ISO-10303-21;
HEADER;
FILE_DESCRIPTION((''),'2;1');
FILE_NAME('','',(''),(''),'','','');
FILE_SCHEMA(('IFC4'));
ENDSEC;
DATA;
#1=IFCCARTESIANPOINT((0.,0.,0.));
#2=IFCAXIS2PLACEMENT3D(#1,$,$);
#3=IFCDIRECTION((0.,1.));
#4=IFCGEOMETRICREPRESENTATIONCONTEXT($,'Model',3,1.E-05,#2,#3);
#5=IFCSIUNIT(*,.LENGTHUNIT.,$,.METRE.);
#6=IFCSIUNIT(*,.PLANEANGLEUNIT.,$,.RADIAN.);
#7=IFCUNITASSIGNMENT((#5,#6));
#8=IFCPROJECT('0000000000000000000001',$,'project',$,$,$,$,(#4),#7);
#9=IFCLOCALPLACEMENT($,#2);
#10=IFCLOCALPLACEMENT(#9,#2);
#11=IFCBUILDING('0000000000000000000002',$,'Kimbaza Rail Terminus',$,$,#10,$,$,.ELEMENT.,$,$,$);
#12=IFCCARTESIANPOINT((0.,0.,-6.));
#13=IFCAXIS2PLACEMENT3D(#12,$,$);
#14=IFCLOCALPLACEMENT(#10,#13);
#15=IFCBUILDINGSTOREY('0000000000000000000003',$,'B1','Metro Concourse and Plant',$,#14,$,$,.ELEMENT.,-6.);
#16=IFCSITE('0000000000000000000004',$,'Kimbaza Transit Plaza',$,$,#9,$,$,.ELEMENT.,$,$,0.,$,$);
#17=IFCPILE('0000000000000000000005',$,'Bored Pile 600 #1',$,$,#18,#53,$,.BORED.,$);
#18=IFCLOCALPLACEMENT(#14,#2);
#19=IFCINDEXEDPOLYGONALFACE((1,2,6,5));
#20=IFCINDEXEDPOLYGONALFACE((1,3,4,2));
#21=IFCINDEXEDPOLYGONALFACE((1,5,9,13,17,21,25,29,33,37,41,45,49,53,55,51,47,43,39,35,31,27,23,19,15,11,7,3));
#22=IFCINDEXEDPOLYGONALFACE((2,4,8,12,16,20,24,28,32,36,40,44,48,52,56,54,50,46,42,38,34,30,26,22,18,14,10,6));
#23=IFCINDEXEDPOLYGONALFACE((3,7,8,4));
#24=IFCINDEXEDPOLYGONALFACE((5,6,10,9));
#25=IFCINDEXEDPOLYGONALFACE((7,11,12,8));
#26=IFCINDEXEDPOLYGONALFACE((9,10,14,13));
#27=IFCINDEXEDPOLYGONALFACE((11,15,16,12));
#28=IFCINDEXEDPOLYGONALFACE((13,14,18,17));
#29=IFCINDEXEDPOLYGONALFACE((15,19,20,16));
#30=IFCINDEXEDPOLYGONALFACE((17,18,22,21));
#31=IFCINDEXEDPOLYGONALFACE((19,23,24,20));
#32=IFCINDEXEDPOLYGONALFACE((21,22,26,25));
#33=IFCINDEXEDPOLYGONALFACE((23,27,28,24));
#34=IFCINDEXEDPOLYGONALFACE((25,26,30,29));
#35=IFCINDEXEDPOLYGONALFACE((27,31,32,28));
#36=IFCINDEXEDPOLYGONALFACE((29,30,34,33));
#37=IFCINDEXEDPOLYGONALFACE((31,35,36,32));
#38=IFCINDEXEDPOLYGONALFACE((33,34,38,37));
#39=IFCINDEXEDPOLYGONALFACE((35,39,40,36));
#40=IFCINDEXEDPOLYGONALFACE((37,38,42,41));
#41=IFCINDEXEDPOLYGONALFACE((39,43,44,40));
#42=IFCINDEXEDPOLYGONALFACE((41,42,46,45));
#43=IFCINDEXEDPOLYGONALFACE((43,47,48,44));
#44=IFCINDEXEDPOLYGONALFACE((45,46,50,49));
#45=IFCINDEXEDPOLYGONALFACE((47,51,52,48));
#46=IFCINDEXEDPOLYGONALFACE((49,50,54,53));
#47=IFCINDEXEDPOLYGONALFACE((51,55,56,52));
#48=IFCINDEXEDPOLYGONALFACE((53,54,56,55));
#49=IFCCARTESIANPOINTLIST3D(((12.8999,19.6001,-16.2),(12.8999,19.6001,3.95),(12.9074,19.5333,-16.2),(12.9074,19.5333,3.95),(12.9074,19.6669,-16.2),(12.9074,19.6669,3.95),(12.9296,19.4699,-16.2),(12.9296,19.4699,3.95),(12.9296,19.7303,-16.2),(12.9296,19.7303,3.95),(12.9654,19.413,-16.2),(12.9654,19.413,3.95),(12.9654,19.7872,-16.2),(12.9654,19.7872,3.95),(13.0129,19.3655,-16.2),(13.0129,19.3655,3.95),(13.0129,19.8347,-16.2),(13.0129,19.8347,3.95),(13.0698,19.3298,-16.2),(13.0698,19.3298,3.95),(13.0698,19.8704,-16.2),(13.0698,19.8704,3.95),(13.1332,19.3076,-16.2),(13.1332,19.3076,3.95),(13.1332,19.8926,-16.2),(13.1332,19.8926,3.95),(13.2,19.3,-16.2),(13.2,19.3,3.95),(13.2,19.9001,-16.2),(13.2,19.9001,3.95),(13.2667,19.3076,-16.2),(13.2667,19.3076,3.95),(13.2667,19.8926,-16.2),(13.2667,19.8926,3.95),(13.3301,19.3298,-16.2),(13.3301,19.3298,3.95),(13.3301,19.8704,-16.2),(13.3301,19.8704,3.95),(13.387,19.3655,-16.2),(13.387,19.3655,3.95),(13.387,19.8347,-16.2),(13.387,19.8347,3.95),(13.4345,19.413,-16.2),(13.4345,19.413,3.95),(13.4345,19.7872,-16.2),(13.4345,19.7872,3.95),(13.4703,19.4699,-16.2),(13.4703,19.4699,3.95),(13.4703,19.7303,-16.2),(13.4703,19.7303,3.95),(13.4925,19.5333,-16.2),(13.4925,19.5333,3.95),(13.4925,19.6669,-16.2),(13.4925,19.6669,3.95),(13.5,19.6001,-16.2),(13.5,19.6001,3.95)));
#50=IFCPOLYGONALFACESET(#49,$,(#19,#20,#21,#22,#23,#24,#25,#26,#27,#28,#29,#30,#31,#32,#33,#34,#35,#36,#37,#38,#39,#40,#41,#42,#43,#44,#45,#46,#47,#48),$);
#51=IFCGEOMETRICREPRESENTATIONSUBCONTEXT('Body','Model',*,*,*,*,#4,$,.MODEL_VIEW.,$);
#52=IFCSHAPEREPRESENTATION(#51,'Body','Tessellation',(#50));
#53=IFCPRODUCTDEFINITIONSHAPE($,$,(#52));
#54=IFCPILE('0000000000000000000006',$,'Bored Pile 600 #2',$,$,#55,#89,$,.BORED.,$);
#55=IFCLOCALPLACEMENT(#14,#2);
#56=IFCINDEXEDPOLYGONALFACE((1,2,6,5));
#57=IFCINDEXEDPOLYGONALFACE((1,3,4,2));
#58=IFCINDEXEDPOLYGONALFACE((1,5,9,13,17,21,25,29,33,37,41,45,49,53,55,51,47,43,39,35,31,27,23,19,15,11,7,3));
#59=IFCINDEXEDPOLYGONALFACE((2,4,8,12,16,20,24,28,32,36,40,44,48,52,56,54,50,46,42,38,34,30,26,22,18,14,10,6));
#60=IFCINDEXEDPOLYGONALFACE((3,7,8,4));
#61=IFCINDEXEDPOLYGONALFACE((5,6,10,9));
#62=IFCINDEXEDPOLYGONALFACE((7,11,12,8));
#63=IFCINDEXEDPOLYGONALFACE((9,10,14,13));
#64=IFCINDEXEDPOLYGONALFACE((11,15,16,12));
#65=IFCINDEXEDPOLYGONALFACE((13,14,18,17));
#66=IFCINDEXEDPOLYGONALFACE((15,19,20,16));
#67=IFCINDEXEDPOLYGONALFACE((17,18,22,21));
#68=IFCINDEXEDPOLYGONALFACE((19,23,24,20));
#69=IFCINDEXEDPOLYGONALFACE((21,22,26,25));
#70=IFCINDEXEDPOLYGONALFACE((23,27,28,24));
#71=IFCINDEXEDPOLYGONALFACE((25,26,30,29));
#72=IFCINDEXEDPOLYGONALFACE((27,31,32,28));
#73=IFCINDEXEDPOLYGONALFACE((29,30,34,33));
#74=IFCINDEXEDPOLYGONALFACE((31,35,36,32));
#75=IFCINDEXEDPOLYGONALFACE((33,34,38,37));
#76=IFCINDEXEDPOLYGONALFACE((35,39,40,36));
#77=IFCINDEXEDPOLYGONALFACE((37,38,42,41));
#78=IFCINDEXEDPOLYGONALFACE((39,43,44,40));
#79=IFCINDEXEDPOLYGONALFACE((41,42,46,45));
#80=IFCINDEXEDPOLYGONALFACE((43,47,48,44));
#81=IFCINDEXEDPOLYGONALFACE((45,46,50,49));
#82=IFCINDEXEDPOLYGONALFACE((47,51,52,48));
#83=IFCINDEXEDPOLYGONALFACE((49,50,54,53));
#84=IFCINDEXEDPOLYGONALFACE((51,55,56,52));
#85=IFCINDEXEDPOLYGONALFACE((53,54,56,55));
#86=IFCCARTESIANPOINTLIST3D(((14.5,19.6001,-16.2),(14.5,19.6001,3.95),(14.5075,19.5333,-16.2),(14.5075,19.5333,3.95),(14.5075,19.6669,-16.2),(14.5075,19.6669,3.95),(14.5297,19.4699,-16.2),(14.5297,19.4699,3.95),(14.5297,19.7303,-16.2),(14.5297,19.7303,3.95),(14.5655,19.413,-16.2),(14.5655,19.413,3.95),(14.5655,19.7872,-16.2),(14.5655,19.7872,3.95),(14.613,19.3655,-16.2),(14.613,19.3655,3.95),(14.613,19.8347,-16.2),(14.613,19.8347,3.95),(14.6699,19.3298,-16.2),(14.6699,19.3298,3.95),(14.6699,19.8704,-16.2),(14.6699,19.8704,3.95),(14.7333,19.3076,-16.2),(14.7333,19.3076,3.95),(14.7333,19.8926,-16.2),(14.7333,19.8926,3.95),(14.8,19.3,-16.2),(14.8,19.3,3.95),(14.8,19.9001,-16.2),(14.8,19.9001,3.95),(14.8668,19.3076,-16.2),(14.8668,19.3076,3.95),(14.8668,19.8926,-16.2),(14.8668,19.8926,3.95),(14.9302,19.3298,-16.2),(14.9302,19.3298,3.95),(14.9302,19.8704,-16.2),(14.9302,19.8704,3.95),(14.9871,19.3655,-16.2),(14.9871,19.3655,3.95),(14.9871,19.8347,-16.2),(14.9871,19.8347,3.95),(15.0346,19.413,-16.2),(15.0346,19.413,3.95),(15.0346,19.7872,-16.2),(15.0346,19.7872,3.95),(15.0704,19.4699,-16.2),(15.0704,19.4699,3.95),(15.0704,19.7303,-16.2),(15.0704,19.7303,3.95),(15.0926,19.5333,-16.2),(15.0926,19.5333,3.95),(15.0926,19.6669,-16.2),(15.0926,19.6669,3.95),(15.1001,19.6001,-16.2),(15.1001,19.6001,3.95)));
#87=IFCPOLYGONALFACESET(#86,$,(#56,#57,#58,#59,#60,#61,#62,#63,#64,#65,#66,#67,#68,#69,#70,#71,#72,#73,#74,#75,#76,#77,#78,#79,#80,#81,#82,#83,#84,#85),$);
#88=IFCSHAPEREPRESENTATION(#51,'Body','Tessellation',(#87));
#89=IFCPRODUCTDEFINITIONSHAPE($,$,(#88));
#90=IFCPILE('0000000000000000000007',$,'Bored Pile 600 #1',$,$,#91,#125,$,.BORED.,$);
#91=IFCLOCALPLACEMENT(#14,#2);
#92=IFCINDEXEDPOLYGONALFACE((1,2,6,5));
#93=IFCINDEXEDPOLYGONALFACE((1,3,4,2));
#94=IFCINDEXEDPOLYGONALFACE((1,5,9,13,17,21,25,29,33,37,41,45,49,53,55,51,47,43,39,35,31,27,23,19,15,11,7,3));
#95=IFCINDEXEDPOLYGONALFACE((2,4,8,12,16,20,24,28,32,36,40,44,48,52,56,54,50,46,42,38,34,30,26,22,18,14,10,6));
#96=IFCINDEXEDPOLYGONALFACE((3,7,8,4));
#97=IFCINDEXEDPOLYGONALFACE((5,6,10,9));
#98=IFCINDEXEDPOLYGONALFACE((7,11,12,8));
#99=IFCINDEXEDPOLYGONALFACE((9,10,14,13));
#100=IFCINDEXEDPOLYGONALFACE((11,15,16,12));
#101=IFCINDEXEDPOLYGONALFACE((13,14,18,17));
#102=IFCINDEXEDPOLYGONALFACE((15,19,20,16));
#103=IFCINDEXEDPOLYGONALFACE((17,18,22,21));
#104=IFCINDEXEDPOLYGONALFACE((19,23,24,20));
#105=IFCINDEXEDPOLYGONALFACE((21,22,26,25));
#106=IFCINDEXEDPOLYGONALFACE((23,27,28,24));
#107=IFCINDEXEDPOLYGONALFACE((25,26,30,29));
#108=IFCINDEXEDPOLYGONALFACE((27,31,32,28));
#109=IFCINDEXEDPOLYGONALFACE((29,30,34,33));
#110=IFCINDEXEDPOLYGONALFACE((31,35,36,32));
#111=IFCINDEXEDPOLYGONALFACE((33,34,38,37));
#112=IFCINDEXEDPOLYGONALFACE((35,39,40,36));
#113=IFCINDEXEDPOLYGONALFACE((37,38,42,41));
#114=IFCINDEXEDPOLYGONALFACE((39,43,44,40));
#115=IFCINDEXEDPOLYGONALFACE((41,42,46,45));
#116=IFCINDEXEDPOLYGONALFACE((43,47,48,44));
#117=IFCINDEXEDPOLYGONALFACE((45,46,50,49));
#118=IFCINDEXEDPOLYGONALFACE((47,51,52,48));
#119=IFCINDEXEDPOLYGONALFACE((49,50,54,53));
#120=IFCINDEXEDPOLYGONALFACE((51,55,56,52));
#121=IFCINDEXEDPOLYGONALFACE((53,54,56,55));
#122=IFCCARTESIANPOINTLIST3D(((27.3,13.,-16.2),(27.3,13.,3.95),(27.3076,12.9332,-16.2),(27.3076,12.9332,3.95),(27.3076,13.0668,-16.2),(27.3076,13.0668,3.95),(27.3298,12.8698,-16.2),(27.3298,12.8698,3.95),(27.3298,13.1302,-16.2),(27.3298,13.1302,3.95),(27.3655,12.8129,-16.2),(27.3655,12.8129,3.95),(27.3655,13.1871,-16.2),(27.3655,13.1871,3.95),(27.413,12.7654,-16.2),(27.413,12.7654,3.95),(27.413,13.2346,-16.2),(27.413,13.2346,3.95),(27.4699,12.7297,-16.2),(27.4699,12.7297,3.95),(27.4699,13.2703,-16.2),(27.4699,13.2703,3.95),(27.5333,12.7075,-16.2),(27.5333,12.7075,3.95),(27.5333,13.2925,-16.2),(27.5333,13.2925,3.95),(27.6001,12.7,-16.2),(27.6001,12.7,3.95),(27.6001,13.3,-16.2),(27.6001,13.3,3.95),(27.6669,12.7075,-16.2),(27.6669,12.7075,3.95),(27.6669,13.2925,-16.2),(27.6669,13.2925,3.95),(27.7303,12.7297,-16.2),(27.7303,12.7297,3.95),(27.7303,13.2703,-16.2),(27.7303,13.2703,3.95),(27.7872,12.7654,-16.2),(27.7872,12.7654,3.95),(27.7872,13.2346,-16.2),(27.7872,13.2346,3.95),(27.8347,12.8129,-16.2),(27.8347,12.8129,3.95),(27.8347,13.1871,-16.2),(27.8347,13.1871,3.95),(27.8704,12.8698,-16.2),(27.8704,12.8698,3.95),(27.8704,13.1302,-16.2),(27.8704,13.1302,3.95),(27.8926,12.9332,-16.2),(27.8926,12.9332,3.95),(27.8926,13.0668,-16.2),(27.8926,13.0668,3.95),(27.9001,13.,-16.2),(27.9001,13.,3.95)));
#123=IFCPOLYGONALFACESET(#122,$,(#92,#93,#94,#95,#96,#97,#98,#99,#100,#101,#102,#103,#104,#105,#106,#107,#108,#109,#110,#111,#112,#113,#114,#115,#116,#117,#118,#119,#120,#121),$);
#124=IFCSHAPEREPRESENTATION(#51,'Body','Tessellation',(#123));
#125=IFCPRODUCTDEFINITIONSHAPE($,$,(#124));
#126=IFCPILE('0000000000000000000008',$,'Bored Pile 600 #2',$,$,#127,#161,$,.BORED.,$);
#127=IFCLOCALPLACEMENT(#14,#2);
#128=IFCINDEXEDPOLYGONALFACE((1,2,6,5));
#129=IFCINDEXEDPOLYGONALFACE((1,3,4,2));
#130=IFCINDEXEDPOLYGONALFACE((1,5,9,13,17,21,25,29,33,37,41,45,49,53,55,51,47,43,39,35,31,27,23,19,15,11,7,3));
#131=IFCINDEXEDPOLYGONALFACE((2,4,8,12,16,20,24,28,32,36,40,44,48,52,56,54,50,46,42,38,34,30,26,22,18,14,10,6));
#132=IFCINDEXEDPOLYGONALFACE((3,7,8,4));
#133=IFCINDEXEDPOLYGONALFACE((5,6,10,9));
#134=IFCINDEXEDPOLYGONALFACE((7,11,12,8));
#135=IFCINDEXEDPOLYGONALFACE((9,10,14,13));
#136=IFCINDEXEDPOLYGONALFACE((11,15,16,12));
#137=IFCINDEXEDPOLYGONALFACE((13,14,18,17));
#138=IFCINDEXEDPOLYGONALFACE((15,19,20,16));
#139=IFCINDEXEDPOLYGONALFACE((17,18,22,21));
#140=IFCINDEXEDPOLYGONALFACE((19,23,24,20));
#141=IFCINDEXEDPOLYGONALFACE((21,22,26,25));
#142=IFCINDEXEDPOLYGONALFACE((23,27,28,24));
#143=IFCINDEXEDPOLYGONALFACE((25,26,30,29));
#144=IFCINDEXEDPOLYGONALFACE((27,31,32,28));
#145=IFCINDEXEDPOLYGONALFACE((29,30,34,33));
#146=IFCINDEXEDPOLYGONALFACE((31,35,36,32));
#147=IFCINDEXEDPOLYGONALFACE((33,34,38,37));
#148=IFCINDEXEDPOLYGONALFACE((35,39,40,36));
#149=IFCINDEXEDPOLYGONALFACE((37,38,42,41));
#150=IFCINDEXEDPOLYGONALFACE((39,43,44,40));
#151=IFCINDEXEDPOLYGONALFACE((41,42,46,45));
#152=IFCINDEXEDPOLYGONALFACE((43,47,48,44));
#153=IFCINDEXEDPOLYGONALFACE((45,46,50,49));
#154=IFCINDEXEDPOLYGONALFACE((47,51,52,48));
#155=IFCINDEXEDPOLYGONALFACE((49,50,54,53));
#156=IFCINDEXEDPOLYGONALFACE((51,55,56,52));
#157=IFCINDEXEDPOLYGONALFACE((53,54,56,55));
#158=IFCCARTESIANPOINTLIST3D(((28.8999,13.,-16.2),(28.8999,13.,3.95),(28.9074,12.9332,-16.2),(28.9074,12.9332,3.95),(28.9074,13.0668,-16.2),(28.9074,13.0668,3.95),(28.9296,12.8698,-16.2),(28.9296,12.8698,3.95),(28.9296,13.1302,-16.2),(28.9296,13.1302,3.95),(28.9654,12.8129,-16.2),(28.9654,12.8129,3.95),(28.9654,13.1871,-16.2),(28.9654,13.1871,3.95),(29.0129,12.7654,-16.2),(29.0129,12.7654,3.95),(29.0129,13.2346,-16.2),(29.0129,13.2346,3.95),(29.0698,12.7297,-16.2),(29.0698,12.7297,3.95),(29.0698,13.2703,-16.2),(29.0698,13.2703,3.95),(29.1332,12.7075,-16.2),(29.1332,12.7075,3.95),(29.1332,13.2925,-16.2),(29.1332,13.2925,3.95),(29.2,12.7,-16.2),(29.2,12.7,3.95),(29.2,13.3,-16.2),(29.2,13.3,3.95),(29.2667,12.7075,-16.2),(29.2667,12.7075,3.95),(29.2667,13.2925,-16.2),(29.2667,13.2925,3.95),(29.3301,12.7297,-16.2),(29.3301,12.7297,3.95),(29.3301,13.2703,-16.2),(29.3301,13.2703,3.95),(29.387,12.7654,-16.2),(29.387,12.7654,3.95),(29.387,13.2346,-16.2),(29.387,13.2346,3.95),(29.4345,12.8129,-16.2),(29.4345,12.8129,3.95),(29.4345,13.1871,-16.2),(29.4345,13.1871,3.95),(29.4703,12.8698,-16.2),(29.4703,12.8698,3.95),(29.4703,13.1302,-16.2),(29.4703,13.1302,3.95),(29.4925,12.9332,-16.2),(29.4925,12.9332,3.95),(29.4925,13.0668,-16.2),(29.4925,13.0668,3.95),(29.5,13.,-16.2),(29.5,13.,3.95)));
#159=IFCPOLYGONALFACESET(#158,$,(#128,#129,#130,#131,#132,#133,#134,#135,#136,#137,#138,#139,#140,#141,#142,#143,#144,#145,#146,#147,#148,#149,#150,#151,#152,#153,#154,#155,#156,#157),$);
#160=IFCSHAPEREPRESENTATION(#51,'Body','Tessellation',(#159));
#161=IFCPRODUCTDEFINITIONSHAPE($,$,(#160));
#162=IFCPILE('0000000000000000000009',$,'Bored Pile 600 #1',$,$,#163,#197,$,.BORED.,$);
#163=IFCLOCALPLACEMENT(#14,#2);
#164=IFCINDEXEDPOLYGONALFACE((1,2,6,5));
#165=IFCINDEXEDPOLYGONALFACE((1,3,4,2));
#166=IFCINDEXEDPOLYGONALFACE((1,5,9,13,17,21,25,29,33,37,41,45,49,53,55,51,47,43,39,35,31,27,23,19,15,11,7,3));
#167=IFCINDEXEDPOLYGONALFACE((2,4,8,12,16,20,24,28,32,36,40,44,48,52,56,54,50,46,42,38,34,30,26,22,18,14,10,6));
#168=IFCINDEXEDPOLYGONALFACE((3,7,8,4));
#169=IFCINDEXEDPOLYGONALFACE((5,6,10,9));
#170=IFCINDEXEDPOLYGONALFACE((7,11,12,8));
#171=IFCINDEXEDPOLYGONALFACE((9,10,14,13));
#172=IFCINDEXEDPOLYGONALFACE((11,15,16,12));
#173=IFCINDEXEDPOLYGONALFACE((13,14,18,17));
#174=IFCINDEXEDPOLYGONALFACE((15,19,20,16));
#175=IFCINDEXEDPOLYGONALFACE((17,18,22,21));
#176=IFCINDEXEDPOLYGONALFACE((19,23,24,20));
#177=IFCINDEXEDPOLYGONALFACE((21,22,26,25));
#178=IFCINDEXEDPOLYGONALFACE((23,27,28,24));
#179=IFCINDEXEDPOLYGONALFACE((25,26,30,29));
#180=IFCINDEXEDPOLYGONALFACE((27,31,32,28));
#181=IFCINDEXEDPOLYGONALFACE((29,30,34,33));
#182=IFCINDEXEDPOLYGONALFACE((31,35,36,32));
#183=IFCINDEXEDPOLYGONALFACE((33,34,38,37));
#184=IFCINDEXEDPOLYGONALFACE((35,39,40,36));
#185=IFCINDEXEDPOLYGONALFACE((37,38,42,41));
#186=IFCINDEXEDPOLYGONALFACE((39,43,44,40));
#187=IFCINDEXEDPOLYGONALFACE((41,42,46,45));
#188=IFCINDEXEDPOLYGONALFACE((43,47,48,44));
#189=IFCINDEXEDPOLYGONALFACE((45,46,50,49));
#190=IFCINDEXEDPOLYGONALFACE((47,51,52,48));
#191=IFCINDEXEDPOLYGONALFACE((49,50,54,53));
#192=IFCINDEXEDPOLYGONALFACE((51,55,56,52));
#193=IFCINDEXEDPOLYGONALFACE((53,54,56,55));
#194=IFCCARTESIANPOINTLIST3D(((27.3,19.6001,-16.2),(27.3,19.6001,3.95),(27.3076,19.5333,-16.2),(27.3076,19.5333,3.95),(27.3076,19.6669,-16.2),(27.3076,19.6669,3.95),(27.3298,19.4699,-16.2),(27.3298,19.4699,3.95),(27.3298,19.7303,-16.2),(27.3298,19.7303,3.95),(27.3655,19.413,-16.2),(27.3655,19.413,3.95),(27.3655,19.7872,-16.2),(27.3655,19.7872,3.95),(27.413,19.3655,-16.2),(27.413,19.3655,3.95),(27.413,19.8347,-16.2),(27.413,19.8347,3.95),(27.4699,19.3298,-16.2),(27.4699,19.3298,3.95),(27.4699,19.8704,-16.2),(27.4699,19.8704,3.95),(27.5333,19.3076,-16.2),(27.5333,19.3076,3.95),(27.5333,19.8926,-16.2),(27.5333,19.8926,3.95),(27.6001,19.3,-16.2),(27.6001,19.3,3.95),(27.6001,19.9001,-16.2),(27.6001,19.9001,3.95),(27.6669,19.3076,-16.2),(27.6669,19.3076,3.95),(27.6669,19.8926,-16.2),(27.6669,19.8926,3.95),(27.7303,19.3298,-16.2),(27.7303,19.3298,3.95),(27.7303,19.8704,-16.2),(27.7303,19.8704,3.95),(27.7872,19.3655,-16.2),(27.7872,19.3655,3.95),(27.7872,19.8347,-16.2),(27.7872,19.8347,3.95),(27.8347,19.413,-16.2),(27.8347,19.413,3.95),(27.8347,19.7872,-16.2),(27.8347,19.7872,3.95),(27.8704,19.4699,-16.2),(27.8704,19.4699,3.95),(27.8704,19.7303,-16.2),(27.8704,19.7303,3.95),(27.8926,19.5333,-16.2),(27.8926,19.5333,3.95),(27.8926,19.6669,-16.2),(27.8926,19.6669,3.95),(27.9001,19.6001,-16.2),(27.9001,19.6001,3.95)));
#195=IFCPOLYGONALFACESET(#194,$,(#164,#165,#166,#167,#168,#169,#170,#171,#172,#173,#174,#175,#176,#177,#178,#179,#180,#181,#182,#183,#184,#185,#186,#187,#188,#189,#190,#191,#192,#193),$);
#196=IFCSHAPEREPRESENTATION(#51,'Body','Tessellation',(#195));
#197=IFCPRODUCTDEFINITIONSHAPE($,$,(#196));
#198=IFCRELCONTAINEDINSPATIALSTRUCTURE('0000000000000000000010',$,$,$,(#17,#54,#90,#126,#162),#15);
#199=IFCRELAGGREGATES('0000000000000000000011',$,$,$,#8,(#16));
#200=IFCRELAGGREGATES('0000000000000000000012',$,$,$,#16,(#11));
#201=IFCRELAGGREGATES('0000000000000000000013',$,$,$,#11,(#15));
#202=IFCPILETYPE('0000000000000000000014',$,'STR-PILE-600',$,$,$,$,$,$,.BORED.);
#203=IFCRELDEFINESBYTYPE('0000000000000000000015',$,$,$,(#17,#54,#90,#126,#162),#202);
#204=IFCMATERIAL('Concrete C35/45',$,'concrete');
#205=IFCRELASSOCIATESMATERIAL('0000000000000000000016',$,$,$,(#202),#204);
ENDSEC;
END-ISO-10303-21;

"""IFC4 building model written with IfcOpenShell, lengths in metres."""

from ifc_helpers import new_model, si_unit, direction, frame, origin, origin_2d, place, context, subcontext, project, spatial, circle, extrude, material, material_profile, profile_set, type_object, element, save


model = new_model("IFC4")

# Units and contexts
model_context = context("Model", 3, precision=1e-05, world=origin(), true_north=direction((0.0, 1.0)))
body_context = subcontext(model_context, "Body", "Model", "MODEL_VIEW")
ifc_project = project(units=[si_unit("LENGTHUNIT", "METRE"), si_unit("PLANEANGLEUNIT", "RADIAN")], contexts=[model_context])

# Site, building, storey
site_placement = place(None, origin())
site = spatial("IfcSite", under=ifc_project, at=site_placement, Name="Kimbaza Transit Plaza", CompositionType="ELEMENT", RefElevation=0.0)
building_placement = place(site_placement, origin())
building = spatial("IfcBuilding", under=site, at=building_placement, Name="Kimbaza Rail Terminus", CompositionType="ELEMENT")
storey_placement = place(building_placement, frame((0.0, 0.0, -6.0)))
storey = spatial("IfcBuildingStorey", under=building, at=storey_placement, Name="B1", Description="Metro Concourse and Plant", CompositionType="ELEMENT", Elevation=-6.0)

# Piles
ifc_material_1 = material(Name="Concrete C35/45", Category="concrete")
ifc_material_profile_1 = material_profile(ifc_material_1, circle(Radius=0.3, at=origin_2d()), Name="BORED PILE 600")
ifc_profile_set_1 = profile_set([ifc_material_profile_1], Name="Concrete C35/45")
pile_type = type_object("IfcPileType", Name="STR-PILE-600", PredefinedType="BORED", material=ifc_profile_set_1)
for number, where, z_axis, x_axis, name in (
    (1, (13.2, 19.6001, 3.95), (0.0, 0.0, -1.0), (1.0, 0.0, 0.0), "Bored Pile 600 #1"),
    (2, (14.8, 19.6001, 3.95), (0.0, 0.0, -1.0), (1.0, 0.0, 0.0), "Bored Pile 600 #2"),
    (3, (27.6001, 13.0, 3.95), (0.0, 0.0, -1.0), (1.0, 0.0, 0.0), "Bored Pile 600 #1"),
    (4, (29.2, 13.0, 3.95), (0.0, 0.0, -1.0), (1.0, 0.0, 0.0), "Bored Pile 600 #2"),
    (5, (27.6001, 19.6001, 3.95), (0.0, 0.0, -1.0), (1.0, 0.0, 0.0), "Bored Pile 600 #1"),
):
    element("IfcPile", number, at=place(storey_placement, frame(where, z_axis=z_axis, x_axis=x_axis)), inside=storey, type_object=pile_type, Name=name, PredefinedType="BORED", context=body_context, shape_type="SweptSolid", body=[
        extrude(circle(Radius=0.3, at=origin_2d()), origin(), (0.0, 0.0, 1.0), 20.1499),
    ])

save(model, "model.ifc")
